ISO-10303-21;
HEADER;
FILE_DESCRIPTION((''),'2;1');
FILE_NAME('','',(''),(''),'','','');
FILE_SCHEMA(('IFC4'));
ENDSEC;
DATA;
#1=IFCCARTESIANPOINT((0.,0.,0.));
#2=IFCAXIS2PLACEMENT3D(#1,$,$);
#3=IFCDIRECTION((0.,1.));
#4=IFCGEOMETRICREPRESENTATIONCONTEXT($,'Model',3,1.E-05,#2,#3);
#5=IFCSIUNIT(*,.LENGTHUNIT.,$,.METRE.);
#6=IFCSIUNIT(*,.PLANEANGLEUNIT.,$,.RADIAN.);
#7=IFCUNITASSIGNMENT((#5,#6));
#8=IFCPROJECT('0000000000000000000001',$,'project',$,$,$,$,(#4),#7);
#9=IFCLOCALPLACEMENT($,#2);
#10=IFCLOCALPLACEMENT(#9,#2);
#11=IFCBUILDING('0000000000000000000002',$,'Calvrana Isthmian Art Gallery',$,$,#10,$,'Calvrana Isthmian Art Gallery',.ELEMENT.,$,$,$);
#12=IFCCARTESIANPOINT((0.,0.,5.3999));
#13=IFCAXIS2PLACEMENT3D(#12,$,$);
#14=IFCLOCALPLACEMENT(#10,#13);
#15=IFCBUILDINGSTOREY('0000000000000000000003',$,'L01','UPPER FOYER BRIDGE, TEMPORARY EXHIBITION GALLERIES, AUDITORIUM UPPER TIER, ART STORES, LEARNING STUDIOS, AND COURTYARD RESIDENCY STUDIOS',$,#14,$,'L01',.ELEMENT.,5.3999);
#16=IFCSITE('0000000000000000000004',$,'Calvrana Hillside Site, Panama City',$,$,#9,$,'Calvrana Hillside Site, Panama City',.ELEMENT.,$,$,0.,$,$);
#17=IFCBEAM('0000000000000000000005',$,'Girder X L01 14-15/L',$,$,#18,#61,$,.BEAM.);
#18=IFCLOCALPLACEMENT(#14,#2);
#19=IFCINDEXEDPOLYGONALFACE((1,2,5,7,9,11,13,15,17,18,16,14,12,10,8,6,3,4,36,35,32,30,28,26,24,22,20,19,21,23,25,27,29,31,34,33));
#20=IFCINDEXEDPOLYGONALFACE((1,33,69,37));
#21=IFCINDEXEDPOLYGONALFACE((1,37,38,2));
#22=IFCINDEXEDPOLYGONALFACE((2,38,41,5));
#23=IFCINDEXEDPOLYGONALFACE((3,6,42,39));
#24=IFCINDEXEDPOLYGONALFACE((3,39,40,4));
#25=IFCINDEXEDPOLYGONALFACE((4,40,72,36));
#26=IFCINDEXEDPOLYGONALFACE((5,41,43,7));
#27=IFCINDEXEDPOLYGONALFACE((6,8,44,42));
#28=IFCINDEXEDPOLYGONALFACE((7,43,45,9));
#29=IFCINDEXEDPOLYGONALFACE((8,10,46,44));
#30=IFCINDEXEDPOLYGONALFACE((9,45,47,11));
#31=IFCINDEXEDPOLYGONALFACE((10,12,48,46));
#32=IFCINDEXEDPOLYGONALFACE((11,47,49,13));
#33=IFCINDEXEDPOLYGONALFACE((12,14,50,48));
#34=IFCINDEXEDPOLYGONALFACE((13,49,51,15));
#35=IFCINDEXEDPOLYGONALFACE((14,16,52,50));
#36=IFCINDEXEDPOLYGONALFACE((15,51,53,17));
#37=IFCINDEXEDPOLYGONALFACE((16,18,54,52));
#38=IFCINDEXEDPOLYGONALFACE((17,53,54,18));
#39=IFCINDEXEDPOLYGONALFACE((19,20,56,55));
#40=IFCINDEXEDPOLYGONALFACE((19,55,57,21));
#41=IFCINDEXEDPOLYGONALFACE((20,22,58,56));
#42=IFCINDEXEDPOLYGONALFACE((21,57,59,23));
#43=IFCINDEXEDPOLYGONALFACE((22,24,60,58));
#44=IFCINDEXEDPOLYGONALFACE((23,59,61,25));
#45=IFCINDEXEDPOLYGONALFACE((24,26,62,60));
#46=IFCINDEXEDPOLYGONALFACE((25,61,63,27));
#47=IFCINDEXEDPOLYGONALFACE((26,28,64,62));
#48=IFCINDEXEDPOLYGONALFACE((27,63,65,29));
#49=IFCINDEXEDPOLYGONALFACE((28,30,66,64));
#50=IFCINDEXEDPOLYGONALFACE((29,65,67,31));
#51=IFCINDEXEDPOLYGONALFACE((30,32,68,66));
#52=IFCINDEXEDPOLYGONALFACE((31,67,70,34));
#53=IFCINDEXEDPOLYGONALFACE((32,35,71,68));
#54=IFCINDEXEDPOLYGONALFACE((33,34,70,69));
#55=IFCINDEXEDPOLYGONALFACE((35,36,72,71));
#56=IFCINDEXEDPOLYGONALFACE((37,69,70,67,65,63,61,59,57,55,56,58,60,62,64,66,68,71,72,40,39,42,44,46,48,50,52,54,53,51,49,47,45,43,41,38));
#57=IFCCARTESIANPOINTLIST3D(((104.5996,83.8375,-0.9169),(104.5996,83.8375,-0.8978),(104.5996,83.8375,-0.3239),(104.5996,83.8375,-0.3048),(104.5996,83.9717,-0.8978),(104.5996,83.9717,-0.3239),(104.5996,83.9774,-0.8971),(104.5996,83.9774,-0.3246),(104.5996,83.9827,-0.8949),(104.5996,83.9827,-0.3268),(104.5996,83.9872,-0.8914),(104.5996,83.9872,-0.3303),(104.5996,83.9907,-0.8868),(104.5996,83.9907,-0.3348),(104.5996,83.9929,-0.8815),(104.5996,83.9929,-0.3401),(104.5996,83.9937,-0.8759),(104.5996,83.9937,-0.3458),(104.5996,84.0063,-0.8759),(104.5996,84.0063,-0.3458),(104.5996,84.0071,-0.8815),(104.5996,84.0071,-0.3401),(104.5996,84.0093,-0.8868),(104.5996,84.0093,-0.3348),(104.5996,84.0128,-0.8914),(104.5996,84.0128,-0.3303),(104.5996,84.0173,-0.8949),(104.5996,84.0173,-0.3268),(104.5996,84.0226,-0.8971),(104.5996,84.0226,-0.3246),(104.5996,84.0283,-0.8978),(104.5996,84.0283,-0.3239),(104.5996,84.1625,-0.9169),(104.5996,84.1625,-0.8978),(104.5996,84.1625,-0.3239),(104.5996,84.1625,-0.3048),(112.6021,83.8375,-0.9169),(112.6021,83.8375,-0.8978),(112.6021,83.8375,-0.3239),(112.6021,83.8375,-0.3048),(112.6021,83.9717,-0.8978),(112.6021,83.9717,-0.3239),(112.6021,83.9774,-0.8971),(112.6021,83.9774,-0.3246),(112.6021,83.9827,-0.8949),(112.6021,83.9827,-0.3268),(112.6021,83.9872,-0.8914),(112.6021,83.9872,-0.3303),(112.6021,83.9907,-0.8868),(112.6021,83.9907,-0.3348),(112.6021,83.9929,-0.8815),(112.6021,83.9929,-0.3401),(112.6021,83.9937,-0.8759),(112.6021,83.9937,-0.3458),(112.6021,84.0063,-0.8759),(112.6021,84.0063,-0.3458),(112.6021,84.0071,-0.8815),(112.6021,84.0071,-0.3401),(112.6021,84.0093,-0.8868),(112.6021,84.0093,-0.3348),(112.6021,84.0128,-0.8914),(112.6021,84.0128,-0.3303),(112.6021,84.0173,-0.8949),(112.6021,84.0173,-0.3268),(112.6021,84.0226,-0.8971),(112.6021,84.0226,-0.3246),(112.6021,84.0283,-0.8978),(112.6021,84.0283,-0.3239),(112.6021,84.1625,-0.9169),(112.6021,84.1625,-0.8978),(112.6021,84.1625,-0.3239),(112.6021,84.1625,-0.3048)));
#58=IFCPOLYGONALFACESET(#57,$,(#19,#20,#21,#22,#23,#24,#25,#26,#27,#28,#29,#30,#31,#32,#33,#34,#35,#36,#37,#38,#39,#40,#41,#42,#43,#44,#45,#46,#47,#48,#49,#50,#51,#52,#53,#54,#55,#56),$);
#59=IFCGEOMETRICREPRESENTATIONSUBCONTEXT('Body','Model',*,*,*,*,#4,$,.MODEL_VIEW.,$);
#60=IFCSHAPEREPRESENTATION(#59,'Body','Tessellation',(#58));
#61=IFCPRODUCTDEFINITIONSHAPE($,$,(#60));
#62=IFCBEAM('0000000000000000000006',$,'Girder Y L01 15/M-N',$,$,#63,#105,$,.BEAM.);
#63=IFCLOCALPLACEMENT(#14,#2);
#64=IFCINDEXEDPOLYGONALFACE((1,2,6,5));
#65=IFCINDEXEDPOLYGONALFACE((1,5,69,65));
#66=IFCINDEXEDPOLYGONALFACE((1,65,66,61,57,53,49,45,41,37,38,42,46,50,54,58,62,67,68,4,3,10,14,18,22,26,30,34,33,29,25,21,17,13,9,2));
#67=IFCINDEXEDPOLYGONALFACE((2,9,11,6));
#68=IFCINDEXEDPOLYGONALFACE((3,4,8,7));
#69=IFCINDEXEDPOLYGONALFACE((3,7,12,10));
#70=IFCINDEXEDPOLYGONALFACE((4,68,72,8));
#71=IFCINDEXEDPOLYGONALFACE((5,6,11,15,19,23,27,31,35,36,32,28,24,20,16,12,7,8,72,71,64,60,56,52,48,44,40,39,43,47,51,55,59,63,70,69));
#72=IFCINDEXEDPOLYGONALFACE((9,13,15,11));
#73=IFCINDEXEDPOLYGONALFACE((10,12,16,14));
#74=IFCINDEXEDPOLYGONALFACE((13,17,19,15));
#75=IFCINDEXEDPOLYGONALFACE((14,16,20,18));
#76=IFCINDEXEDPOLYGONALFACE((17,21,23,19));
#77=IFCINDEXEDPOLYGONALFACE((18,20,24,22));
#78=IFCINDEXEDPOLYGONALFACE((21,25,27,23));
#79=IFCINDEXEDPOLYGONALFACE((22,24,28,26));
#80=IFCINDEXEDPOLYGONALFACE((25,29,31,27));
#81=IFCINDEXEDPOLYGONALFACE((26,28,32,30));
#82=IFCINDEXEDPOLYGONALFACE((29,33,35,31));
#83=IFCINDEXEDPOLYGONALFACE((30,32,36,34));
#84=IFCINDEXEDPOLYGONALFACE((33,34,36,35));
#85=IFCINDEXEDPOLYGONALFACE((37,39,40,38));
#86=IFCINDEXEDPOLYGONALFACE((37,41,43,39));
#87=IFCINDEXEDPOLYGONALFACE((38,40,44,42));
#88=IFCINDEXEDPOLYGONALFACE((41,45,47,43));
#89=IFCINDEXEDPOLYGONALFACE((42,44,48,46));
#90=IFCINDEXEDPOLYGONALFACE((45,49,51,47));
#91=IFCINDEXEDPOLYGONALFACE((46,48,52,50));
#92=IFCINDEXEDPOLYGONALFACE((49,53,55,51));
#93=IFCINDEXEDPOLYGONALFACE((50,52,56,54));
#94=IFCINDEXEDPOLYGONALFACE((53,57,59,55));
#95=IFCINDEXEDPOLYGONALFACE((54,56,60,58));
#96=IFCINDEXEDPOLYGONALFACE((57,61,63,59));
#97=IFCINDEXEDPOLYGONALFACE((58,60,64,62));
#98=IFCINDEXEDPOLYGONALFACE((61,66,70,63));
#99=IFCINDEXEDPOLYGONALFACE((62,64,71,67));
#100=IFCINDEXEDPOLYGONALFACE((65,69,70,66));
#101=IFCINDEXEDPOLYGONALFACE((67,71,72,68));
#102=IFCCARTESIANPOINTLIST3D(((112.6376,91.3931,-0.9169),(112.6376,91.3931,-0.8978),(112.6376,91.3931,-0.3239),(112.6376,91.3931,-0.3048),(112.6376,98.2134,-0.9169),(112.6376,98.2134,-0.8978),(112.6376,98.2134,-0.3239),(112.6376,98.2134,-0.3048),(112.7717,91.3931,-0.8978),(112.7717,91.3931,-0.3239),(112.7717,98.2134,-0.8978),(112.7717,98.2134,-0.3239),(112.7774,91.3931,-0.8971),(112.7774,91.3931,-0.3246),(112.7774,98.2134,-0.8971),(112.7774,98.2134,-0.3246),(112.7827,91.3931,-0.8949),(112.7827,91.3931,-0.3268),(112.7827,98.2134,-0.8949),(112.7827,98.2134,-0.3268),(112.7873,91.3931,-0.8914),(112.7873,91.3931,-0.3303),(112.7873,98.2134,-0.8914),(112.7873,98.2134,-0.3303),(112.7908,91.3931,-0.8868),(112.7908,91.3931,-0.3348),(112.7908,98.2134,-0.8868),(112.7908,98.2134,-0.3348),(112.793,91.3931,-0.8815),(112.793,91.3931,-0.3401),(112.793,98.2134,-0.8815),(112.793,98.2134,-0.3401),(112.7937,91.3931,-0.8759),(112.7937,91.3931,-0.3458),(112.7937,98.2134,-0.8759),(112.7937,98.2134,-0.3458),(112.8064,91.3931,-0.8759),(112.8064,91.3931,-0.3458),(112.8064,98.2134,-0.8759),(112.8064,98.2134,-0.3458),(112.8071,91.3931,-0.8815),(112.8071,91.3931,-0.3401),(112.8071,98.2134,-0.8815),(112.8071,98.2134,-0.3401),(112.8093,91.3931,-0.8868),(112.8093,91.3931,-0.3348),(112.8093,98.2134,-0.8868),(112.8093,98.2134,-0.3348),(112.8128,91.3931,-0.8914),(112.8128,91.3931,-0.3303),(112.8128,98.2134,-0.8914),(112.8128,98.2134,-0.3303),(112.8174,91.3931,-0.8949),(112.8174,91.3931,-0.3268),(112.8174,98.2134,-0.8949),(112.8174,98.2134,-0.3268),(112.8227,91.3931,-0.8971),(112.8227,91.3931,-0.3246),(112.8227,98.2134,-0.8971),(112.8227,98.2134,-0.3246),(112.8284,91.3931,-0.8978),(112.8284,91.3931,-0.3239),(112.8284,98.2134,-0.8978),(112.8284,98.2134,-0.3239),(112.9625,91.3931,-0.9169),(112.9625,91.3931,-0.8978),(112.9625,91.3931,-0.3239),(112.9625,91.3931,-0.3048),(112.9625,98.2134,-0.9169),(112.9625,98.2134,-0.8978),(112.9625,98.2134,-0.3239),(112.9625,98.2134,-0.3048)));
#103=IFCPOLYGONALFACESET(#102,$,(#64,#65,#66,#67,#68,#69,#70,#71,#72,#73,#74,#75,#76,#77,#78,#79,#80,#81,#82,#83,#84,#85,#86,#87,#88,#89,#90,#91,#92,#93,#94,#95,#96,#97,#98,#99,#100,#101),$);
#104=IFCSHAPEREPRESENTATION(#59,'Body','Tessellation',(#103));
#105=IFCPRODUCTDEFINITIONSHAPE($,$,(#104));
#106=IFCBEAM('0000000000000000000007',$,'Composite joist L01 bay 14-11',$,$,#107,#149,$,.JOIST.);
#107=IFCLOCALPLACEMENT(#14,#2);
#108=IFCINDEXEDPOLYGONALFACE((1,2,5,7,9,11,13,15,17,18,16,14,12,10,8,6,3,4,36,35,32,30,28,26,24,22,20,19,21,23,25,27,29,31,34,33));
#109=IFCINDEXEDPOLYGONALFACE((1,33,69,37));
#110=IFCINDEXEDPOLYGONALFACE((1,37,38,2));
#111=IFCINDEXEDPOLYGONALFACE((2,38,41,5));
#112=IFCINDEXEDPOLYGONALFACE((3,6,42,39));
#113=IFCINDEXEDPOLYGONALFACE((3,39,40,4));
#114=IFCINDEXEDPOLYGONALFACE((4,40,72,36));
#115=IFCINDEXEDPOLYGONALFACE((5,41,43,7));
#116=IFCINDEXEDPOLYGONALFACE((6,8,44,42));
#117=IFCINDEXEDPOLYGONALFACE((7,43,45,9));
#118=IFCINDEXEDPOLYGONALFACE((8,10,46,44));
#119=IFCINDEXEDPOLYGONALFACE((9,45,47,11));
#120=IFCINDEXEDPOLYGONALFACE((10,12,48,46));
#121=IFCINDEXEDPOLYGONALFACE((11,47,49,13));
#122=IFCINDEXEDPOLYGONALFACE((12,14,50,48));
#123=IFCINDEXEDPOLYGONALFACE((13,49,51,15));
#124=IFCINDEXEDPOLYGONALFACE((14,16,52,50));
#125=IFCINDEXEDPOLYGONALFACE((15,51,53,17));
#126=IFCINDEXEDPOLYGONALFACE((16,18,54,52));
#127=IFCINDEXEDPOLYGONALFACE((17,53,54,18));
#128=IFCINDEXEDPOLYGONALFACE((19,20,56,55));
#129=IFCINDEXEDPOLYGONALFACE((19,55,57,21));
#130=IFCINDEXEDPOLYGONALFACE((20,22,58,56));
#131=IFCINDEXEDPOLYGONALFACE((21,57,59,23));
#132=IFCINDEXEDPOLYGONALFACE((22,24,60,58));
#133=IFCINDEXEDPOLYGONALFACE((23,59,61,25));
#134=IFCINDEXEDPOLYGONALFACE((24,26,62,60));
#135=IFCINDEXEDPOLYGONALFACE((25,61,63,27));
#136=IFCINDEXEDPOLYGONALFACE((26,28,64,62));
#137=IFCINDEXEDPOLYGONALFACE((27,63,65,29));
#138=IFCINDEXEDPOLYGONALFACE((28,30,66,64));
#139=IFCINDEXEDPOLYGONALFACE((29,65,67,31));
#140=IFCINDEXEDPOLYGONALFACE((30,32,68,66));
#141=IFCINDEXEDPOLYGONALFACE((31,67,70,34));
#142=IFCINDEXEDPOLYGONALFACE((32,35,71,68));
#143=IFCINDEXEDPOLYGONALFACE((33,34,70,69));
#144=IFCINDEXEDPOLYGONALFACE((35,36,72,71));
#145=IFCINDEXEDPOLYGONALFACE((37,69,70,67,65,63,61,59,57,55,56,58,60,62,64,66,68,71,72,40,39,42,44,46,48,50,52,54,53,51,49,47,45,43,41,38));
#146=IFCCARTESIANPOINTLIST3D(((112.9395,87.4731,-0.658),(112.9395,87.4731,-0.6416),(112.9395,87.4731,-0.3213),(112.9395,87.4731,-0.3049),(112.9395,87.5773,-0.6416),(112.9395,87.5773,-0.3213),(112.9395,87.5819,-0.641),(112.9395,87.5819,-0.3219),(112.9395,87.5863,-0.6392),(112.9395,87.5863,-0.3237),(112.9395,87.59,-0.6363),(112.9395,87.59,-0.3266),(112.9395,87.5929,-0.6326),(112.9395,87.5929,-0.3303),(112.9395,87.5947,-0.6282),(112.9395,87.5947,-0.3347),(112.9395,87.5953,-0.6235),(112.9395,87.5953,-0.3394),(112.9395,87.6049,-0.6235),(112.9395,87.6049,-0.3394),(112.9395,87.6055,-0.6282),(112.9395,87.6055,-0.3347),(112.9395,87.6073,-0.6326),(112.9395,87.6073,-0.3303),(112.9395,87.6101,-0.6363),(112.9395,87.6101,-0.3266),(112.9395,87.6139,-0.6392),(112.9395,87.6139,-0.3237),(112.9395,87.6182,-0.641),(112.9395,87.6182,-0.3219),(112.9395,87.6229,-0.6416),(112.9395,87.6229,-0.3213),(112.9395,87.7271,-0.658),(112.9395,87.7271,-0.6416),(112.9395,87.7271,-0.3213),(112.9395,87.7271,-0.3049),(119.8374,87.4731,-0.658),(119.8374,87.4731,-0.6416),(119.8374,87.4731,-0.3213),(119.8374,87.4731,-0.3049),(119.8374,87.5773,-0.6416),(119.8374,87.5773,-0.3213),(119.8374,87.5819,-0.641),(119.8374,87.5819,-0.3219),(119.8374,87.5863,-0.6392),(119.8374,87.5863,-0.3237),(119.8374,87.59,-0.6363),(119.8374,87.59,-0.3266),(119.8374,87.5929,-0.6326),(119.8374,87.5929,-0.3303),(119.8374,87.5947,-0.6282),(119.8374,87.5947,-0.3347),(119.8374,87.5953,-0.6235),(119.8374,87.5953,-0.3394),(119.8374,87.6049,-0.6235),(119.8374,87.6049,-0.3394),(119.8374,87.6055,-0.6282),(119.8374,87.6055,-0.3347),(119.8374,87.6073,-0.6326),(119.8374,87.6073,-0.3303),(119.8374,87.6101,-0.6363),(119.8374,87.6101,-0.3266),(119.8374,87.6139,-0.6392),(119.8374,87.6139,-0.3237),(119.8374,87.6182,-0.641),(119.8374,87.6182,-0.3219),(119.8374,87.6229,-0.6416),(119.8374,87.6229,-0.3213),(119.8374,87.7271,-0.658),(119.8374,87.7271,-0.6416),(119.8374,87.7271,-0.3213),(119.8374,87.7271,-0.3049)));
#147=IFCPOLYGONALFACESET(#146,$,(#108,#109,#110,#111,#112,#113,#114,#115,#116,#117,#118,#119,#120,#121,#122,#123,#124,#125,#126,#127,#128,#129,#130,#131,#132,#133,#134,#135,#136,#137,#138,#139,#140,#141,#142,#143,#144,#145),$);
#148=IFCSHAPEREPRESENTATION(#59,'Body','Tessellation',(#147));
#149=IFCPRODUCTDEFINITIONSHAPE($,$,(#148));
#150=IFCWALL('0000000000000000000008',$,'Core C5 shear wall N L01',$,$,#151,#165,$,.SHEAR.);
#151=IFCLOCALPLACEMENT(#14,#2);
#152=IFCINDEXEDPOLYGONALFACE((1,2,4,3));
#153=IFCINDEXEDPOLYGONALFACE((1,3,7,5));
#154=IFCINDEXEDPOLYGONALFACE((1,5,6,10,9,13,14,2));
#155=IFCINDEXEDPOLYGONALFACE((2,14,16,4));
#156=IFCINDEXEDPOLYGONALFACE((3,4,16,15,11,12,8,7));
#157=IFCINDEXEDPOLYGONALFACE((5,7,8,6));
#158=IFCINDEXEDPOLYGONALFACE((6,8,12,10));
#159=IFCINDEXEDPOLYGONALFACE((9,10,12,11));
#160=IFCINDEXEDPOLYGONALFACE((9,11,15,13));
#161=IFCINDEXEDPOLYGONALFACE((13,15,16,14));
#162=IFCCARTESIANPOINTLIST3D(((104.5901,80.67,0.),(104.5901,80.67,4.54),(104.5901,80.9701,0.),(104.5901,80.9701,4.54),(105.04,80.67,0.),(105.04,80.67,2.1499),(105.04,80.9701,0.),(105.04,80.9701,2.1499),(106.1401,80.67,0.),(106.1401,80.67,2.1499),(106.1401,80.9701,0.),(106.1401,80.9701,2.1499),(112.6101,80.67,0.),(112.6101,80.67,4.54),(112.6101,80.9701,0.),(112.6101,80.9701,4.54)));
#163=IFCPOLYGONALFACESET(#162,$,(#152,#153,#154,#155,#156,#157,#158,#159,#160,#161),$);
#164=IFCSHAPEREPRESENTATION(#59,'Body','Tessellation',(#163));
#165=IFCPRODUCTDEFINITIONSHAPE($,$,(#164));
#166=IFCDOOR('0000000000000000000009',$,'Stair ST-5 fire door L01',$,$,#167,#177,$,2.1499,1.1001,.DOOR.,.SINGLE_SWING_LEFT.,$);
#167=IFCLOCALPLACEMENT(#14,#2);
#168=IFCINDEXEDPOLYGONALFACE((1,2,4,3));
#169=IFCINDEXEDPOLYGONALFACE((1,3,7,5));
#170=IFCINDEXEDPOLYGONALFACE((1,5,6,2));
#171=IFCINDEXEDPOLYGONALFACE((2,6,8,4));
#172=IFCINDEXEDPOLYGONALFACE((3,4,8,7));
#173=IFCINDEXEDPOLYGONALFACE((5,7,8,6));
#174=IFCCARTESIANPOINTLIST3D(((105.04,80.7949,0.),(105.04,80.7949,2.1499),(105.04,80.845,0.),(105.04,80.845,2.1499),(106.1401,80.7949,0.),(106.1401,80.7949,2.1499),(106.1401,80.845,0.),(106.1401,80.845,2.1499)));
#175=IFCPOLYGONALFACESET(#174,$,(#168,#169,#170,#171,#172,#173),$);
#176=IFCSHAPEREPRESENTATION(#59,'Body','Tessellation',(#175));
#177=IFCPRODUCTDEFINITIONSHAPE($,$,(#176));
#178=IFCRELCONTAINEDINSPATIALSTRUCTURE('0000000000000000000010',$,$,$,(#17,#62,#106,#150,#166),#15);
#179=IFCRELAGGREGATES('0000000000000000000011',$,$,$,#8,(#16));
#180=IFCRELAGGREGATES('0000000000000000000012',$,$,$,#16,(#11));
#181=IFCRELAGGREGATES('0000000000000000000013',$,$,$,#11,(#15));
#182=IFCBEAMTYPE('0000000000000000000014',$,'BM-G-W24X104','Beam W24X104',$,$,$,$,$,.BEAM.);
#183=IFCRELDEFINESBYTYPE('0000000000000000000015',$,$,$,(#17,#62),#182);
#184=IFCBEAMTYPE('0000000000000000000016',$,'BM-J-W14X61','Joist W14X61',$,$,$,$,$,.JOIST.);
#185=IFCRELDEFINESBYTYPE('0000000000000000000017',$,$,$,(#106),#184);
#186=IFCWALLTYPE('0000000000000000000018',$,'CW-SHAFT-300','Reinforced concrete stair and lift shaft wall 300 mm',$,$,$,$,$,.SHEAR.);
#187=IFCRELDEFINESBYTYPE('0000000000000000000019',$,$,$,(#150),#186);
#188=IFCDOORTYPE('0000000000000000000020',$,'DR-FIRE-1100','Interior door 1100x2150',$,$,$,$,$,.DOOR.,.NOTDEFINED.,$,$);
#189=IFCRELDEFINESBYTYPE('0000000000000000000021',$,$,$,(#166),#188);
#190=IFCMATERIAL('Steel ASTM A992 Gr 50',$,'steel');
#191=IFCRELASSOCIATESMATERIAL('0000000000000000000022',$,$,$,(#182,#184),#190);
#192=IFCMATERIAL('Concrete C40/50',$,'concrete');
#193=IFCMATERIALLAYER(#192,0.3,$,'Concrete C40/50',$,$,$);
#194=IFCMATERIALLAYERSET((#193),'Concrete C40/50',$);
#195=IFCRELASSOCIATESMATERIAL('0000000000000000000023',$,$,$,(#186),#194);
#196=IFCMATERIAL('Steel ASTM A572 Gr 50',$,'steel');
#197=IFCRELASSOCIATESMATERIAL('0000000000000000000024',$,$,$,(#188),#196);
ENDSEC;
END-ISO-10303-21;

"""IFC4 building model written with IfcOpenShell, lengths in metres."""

from ifc_helpers import new_model, si_unit, direction, frame, frame_2d, origin, origin_2d, place, context, subcontext, project, spatial, rectangle, i_section, extrude, material, layer, layer_set, material_profile, profile_set, type_object, element, fill, save


model = new_model("IFC4")

# Units and contexts
model_context = context("Model", 3, precision=1e-05, world=origin(), true_north=direction((0.0, 1.0)))
body_context = subcontext(model_context, "Body", "Model", "MODEL_VIEW")
ifc_project = project(units=[si_unit("LENGTHUNIT", "METRE"), si_unit("PLANEANGLEUNIT", "RADIAN")], contexts=[model_context])

# Site, building, storey
site_placement = place(None, origin())
site = spatial("IfcSite", under=ifc_project, at=site_placement, Name="Calvrana Hillside Site, Panama City", LongName="Calvrana Hillside Site, Panama City", CompositionType="ELEMENT", RefElevation=0.0)
building_placement = place(site_placement, origin())
building = spatial("IfcBuilding", under=site, at=building_placement, Name="Calvrana Isthmian Art Gallery", LongName="Calvrana Isthmian Art Gallery", CompositionType="ELEMENT")
storey_placement = place(building_placement, frame((0.0, 0.0, 5.3999)))
storey = spatial("IfcBuildingStorey", under=building, at=storey_placement, Name="L01", Description="UPPER FOYER BRIDGE, TEMPORARY EXHIBITION GALLERIES, AUDITORIUM UPPER TIER, ART STORES, LEARNING STUDIOS, AND COURTYARD RESIDENCY STUDIOS", LongName="L01", CompositionType="ELEMENT", Elevation=5.3999)

# Shared definitions
ifc_material_1 = material(Name="Steel ASTM A992 Gr 50", Category="steel")

# Beams
ifc_material_profile_1 = material_profile(ifc_material_1, i_section(OverallWidth=0.325, OverallDepth=0.6121, WebThickness=0.0127, FlangeThickness=0.019, FilletRadius=0.022, at=origin_2d()), Name="W24X104")
ifc_profile_set_1 = profile_set([ifc_material_profile_1], Name="Steel ASTM A992 Gr 50")
beam_type_1 = type_object("IfcBeamType", Name="BM-G-W24X104", Description="Beam W24X104", PredefinedType="BEAM", material=ifc_profile_set_1)
beam_1_placement = place(storey_placement, frame((104.5996, 84.0, -0.6108), z_axis=(1.0, 0.0, 0.0), x_axis=(0.0, 1.0, 0.0)))
element("IfcBeam", 1, at=beam_1_placement, inside=storey, type_object=beam_type_1, Name="Girder X L01 14-15/L", PredefinedType="BEAM", context=body_context, shape_type="SweptSolid", body=[
    extrude(i_section(OverallWidth=0.325, OverallDepth=0.6121, WebThickness=0.0127, FlangeThickness=0.019, FilletRadius=0.022, at=origin_2d()), origin(), (0.0, 0.0, 1.0), 8.0024),
])
beam_2_placement = place(storey_placement, frame((112.8, 91.3931, -0.6108), z_axis=(0.0, 1.0, 0.0), x_axis=(-1.0, 0.0, 0.0)))
element("IfcBeam", 2, at=beam_2_placement, inside=storey, type_object=beam_type_1, Name="Girder Y L01 15/M-N", PredefinedType="BEAM", context=body_context, shape_type="SweptSolid", body=[
    extrude(i_section(OverallWidth=0.325, OverallDepth=0.6121, WebThickness=0.0127, FlangeThickness=0.019, FilletRadius=0.022, at=origin_2d()), origin(), (0.0, 0.0, 1.0), 6.8203),
])
ifc_material_profile_2 = material_profile(ifc_material_1, i_section(OverallWidth=0.2539, OverallDepth=0.353, WebThickness=0.0095, FlangeThickness=0.0164, FilletRadius=0.0181, at=origin_2d()), Name="W14X61")
ifc_profile_set_2 = profile_set([ifc_material_profile_2], Name="Steel ASTM A992 Gr 50")
beam_type_2 = type_object("IfcBeamType", Name="BM-J-W14X61", Description="Joist W14X61", PredefinedType="JOIST", material=ifc_profile_set_2)
beam_3_placement = place(storey_placement, frame((112.9395, 87.6001, -0.4814), z_axis=(1.0, 0.0, 0.0), x_axis=(0.0, 1.0, 0.0)))
element("IfcBeam", 3, at=beam_3_placement, inside=storey, type_object=beam_type_2, Name="Composite joist L01 bay 14-11", PredefinedType="JOIST", context=body_context, shape_type="SweptSolid", body=[
    extrude(i_section(OverallWidth=0.2539, OverallDepth=0.353, WebThickness=0.0095, FlangeThickness=0.0164, FilletRadius=0.0181, at=origin_2d()), origin(), (0.0, 0.0, 1.0), 6.8979),
])

# Wall, opening, door
ifc_material_2 = material(Name="Concrete C40/50", Category="concrete")
ifc_layer_1 = layer(ifc_material_2, 0.3, Name="Concrete C40/50")
ifc_layer_set_1 = layer_set([ifc_layer_1], Name="Concrete C40/50")
wall_type_1 = type_object("IfcWallType", Name="CW-SHAFT-300", Description="Reinforced concrete stair and lift shaft wall 300 mm", PredefinedType="SHEAR", material=ifc_layer_set_1)
wall_1_placement = place(storey_placement, frame((104.5901, 80.8201, 0.0), z_axis=(0.0, 0.0, 1.0), x_axis=(1.0, 0.0, 0.0)))
wall_1 = element("IfcWall", 4, at=wall_1_placement, inside=storey, type_object=wall_type_1, Name="Core C5 shear wall N L01", PredefinedType="SHEAR", context=body_context, shape_type="SweptSolid", body=[
    extrude(rectangle(XDim=8.02, YDim=0.3, at=frame_2d((4.01, 0.0))), origin(), (0.0, 0.0, 1.0), 4.54),
])
opening_1_placement = place(wall_1_placement, frame((0.45, 0.0, 0.0)))
opening_1 = element("IfcOpeningElement", 5, at=opening_1_placement, cuts=wall_1, PredefinedType="OPENING", context=body_context, shape_type="SweptSolid", body=[
    extrude(rectangle(XDim=1.1001, YDim=2.1499, at=frame_2d((0.55, 1.075))), frame((0.0, 0.1602, 0.0), z_axis=(0.0, -1.0, 0.0), x_axis=(1.0, 0.0, 0.0)), (0.0, 0.0, 1.0), 0.3206),
])
ifc_material_3 = material(Name="Steel ASTM A572 Gr 50", Category="steel")
door_type_1 = type_object("IfcDoorType", Name="DR-FIRE-1100", Description="Interior door 1100x2150", OperationType="NOTDEFINED", PredefinedType="DOOR", material=ifc_material_3)
door_1_placement = place(opening_1_placement, origin())
door_1 = element("IfcDoor", 6, at=door_1_placement, inside=storey, type_object=door_type_1, Name="Stair ST-5 fire door L01", OperationType="SINGLE_SWING_LEFT", OverallHeight=2.1499, OverallWidth=1.1001, PredefinedType="DOOR", context=body_context, shape_type="SweptSolid", body=[
    extrude(rectangle(XDim=1.1001, YDim=2.1499, at=frame_2d((0.55, 1.075))), frame((0.0, 0.0249, 0.0), z_axis=(0.0, -1.0, 0.0), x_axis=(1.0, 0.0, 0.0)), (0.0, 0.0, 1.0), 0.05),
])
fill(opening_1, door_1)

save(model, "model.ifc")
